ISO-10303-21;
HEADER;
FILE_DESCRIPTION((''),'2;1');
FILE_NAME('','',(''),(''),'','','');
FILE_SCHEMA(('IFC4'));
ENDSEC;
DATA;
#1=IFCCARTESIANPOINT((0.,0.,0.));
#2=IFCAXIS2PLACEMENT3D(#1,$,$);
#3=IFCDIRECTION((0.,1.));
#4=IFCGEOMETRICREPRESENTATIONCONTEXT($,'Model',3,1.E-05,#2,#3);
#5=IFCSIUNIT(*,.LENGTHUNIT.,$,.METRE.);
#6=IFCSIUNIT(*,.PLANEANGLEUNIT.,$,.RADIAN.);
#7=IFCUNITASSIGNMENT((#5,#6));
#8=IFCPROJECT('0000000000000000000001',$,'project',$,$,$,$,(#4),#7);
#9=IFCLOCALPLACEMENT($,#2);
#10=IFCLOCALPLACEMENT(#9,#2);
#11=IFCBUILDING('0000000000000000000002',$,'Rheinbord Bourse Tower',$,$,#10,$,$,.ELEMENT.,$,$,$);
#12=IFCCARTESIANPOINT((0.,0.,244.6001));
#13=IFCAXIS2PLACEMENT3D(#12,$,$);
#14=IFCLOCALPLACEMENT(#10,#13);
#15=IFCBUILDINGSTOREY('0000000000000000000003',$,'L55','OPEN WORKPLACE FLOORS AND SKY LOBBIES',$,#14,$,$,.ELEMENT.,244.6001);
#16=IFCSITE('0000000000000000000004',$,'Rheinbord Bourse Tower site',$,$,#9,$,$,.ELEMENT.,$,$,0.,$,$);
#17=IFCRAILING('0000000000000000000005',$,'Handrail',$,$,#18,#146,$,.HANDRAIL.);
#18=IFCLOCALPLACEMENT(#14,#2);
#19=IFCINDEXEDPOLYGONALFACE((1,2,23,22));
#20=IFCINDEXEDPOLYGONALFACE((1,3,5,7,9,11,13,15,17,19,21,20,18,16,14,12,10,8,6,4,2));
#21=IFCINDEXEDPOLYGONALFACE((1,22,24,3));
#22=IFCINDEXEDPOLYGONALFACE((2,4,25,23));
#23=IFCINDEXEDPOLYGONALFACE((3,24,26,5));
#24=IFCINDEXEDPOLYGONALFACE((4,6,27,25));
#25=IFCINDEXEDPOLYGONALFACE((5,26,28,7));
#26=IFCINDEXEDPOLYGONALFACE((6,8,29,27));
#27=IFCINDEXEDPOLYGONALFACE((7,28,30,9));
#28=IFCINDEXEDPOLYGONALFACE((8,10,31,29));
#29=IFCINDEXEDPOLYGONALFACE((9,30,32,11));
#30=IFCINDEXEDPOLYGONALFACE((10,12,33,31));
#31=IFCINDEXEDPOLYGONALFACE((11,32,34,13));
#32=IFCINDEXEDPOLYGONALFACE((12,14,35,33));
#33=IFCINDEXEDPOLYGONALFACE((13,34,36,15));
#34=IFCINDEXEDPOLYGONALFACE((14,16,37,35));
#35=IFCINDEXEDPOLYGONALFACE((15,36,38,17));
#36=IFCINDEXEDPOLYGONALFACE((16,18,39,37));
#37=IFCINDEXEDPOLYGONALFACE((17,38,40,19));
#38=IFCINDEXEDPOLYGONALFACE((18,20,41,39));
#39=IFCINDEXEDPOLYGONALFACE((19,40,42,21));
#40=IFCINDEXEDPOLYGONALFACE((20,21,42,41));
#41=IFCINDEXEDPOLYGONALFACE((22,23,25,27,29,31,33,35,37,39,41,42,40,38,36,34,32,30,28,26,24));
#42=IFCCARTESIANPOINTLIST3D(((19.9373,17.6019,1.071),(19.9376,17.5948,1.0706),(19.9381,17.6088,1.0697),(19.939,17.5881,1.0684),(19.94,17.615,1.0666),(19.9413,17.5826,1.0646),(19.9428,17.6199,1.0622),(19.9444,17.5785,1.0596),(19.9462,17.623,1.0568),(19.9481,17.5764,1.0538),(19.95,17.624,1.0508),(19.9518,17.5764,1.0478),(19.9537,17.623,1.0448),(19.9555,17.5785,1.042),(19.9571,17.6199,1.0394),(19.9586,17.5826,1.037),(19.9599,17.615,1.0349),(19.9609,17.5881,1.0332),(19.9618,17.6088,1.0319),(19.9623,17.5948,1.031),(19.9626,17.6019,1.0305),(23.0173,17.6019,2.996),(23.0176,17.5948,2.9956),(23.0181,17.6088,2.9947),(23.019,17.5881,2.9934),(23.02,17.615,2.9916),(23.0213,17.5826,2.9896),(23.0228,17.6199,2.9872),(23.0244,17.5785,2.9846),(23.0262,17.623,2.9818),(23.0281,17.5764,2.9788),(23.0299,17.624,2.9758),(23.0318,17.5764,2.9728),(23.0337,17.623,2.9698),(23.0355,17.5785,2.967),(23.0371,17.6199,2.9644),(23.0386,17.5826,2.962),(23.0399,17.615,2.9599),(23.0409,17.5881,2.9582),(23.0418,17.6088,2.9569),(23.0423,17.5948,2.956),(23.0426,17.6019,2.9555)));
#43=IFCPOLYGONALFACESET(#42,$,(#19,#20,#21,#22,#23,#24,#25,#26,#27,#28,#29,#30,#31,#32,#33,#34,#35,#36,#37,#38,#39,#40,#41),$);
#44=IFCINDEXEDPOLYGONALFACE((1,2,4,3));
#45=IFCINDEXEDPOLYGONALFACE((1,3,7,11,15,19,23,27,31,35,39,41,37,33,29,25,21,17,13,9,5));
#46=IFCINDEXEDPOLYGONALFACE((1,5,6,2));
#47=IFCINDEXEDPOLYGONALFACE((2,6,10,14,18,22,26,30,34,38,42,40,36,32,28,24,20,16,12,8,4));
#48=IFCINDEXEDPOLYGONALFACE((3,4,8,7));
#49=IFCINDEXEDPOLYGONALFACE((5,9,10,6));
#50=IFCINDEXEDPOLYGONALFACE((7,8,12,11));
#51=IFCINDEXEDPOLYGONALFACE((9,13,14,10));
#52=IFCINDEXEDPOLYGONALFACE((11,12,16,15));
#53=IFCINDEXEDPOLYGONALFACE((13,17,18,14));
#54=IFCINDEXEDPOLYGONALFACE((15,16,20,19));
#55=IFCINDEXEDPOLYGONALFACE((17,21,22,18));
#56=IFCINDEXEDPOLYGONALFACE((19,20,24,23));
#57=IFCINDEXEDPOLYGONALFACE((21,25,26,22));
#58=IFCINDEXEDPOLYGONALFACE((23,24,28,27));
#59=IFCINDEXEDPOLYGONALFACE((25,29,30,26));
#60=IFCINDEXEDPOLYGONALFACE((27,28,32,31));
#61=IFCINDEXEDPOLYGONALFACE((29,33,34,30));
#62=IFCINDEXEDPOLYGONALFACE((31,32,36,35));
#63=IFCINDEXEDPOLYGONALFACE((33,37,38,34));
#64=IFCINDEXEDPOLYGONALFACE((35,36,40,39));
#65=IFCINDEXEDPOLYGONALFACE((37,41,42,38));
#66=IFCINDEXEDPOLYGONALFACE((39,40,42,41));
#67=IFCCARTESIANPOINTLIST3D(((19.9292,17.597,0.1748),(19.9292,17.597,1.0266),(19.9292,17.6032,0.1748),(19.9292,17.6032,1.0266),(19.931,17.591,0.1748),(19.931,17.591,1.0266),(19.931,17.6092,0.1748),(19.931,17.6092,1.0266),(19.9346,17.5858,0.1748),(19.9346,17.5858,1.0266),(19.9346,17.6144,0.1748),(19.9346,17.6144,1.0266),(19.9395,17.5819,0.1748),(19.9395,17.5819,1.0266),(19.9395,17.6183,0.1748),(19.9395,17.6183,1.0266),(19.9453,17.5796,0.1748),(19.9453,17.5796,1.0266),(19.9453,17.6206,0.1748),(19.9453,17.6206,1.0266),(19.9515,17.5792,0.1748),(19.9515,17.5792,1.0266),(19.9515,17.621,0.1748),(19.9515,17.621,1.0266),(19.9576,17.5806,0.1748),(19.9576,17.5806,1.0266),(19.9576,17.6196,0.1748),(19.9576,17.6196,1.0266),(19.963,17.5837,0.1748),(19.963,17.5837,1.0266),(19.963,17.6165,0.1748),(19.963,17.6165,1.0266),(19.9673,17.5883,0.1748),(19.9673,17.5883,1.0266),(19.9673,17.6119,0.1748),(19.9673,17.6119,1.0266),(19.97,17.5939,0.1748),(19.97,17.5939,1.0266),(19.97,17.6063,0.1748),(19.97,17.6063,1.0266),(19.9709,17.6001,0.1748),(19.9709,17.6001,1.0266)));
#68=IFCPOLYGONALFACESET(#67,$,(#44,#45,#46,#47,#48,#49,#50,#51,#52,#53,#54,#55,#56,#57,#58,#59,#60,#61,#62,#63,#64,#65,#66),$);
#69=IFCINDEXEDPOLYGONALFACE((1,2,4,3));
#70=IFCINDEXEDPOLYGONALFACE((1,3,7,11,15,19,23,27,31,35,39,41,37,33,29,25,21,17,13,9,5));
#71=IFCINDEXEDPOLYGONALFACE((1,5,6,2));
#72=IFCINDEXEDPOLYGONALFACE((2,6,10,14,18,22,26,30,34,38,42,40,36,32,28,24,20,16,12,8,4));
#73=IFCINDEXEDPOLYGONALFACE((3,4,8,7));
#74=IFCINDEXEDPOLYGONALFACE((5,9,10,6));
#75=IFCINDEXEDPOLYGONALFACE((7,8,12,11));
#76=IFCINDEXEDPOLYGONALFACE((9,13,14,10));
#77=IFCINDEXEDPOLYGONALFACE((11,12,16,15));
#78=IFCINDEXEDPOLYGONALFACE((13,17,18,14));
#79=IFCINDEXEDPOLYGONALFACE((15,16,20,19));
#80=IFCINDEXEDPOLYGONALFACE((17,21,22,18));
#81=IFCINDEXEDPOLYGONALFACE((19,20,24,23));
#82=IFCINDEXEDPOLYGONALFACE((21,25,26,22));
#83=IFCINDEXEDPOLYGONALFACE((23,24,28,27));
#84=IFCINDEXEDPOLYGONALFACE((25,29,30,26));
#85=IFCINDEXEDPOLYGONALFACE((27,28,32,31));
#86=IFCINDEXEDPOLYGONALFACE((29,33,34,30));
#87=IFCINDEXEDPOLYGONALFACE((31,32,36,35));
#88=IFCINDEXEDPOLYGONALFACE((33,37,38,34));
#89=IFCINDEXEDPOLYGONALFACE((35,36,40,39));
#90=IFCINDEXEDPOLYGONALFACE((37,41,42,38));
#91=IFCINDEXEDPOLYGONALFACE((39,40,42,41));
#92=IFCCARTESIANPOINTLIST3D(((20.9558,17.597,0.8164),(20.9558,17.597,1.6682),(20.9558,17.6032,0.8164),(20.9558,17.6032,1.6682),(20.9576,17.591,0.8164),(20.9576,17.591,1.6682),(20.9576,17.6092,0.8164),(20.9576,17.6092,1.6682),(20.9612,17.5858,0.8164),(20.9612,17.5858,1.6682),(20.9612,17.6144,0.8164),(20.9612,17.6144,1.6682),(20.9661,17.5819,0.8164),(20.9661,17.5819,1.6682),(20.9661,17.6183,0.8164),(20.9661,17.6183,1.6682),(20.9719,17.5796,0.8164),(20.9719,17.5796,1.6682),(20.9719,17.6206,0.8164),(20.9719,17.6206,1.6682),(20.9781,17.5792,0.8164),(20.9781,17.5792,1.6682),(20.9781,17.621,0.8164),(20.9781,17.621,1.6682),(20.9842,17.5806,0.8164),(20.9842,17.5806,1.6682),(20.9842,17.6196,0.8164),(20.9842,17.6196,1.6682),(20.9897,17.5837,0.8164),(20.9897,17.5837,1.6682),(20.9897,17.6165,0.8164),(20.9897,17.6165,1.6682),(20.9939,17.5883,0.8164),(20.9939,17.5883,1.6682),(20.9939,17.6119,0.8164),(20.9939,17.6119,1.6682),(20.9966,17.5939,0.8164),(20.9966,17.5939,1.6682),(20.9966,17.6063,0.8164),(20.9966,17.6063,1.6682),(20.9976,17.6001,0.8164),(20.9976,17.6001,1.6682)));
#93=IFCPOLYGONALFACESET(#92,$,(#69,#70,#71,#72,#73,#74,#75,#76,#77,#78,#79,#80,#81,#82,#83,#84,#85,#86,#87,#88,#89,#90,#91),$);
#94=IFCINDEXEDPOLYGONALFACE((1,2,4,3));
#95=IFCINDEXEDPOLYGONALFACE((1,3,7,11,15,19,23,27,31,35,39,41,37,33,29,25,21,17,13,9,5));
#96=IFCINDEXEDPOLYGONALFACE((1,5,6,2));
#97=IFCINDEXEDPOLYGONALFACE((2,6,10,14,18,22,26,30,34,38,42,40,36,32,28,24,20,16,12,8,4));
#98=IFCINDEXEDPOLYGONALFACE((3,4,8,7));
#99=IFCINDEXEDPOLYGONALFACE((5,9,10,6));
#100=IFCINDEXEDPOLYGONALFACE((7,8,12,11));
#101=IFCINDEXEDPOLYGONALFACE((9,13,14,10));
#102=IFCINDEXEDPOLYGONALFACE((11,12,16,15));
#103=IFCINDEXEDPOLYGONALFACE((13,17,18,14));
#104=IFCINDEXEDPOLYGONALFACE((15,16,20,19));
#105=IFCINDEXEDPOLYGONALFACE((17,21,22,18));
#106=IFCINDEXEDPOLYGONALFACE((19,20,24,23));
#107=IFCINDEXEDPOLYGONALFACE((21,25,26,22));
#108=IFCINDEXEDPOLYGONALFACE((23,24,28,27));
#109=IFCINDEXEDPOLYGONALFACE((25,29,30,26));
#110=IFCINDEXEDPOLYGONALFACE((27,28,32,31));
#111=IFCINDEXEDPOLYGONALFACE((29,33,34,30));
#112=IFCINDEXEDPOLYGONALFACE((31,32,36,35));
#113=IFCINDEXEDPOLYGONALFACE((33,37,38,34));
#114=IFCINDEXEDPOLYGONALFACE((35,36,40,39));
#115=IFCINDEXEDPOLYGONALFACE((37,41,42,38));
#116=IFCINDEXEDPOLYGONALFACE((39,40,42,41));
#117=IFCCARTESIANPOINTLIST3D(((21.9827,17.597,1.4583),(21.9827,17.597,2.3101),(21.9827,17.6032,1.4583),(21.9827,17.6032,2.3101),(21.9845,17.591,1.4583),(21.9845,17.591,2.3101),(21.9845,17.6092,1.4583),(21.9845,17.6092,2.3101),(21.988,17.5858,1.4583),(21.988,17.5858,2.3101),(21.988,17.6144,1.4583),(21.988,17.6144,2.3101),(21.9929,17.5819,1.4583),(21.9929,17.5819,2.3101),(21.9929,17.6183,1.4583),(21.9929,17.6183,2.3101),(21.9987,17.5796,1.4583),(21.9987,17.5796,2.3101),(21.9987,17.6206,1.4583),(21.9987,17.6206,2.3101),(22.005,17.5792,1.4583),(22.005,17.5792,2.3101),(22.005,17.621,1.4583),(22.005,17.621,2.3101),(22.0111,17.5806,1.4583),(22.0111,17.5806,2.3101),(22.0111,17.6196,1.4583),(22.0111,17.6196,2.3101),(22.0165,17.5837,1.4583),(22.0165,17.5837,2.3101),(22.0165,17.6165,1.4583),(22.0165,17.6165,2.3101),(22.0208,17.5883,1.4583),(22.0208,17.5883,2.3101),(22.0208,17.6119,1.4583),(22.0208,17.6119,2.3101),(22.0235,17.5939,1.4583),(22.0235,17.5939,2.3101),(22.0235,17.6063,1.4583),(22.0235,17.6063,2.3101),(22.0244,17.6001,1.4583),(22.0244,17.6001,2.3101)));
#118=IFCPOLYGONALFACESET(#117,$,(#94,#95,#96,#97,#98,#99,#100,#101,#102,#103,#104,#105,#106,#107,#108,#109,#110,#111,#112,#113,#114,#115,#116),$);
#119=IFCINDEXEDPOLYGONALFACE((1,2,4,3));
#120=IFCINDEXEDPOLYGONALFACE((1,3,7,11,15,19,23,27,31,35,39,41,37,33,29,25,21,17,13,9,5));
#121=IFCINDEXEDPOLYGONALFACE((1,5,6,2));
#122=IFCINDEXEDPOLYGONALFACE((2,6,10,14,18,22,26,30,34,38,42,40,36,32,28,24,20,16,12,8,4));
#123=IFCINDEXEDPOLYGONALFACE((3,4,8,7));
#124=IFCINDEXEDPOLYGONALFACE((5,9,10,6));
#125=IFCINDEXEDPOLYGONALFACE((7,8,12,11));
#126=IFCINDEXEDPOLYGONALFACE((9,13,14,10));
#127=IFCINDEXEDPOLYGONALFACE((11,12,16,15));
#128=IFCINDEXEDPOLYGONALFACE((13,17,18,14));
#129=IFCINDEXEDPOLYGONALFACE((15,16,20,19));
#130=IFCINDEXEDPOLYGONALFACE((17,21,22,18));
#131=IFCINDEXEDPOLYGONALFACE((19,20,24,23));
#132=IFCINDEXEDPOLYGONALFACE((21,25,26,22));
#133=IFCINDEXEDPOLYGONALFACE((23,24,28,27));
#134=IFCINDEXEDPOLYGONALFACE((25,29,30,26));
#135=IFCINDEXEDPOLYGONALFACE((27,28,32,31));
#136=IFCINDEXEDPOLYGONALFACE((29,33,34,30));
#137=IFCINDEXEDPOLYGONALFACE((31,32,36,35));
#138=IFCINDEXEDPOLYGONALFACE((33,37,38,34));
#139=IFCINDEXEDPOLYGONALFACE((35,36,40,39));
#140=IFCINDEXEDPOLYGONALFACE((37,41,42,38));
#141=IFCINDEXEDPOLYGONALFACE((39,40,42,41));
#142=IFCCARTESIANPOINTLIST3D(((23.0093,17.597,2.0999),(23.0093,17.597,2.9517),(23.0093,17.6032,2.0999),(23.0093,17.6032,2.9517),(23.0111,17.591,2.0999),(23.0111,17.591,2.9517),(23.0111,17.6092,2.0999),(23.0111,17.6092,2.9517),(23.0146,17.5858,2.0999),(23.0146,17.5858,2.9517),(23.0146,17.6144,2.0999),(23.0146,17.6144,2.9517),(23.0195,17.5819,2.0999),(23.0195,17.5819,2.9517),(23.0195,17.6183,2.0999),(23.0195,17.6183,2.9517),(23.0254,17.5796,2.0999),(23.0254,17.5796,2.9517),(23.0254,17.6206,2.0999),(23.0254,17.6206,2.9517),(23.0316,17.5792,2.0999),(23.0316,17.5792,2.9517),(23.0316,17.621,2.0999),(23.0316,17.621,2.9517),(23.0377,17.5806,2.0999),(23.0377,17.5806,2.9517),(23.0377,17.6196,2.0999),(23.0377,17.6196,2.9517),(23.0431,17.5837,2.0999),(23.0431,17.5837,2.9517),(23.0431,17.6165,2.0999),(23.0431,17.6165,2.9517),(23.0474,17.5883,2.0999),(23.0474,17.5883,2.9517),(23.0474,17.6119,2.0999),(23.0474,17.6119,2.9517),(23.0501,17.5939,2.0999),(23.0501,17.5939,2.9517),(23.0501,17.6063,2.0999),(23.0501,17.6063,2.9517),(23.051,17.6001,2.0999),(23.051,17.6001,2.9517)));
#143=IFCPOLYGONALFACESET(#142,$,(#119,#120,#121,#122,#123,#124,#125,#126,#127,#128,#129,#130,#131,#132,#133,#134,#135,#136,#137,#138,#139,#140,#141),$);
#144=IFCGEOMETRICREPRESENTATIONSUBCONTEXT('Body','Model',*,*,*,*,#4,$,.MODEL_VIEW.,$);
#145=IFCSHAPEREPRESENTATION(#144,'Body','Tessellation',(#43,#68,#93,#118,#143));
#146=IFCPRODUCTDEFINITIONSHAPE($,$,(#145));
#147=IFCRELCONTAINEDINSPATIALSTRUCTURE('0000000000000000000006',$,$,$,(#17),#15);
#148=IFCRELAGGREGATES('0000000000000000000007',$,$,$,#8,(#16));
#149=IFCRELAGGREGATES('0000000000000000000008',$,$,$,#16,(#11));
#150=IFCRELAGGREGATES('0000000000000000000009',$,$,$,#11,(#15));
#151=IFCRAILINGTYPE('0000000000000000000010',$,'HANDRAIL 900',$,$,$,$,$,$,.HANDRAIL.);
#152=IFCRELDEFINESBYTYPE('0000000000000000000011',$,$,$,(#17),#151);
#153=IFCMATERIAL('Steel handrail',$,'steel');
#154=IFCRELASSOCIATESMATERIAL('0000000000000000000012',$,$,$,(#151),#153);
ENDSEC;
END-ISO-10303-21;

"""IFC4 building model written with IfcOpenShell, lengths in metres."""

from ifc_helpers import new_model, si_unit, direction, frame, origin, origin_2d, place, context, subcontext, project, spatial, circle, extrude, material, type_object, element, save


model = new_model("IFC4")

# Units and contexts
model_context = context("Model", 3, precision=1e-05, world=origin(), true_north=direction((0.0, 1.0)))
body_context = subcontext(model_context, "Body", "Model", "MODEL_VIEW")
ifc_project = project(units=[si_unit("LENGTHUNIT", "METRE"), si_unit("PLANEANGLEUNIT", "RADIAN")], contexts=[model_context])

# Site, building, storey
site_placement = place(None, origin())
site = spatial("IfcSite", under=ifc_project, at=site_placement, Name="Rheinbord Bourse Tower site", CompositionType="ELEMENT", RefElevation=0.0)
building_placement = place(site_placement, origin())
building = spatial("IfcBuilding", under=site, at=building_placement, Name="Rheinbord Bourse Tower", CompositionType="ELEMENT")
storey_placement = place(building_placement, frame((0.0, 0.0, 244.6001)))
storey = spatial("IfcBuildingStorey", under=building, at=storey_placement, Name="L55", Description="OPEN WORKPLACE FLOORS AND SKY LOBBIES", CompositionType="ELEMENT", Elevation=244.6001)

# Railing
ifc_material_1 = material(Name="Steel handrail", Category="steel")
railing_type = type_object("IfcRailingType", Name="HANDRAIL 900", PredefinedType="HANDRAIL", material=ifc_material_1)
railing_1_placement = place(storey_placement, frame((19.95, 17.6001, 0.1748)))
element("IfcRailing", 1, at=railing_1_placement, inside=storey, type_object=railing_type, Name="Handrail", PredefinedType="HANDRAIL", context=body_context, shape_type="SweptSolid", body=[
    extrude(circle(Radius=0.0239, at=origin_2d()), frame((0.0, 0.0, 0.876), z_axis=(0.847998, 0.0, 0.529999), x_axis=(0.0, 1.0, 0.0)), (0.0, 0.0, 1.0), 3.6321),
    extrude(circle(Radius=0.021, at=origin_2d()), origin(), (0.0, 0.0, 1.0), 0.8518),
    extrude(circle(Radius=0.021, at=origin_2d()), frame((1.0266, 0.0, 0.6416)), (0.0, 0.0, 1.0), 0.8518),
    extrude(circle(Radius=0.021, at=origin_2d()), frame((2.0535, 0.0, 1.2834)), (0.0, 0.0, 1.0), 0.8518),
    extrude(circle(Radius=0.021, at=origin_2d()), frame((3.0801, 0.0, 1.925)), (0.0, 0.0, 1.0), 0.8518),
])

save(model, "model.ifc")
